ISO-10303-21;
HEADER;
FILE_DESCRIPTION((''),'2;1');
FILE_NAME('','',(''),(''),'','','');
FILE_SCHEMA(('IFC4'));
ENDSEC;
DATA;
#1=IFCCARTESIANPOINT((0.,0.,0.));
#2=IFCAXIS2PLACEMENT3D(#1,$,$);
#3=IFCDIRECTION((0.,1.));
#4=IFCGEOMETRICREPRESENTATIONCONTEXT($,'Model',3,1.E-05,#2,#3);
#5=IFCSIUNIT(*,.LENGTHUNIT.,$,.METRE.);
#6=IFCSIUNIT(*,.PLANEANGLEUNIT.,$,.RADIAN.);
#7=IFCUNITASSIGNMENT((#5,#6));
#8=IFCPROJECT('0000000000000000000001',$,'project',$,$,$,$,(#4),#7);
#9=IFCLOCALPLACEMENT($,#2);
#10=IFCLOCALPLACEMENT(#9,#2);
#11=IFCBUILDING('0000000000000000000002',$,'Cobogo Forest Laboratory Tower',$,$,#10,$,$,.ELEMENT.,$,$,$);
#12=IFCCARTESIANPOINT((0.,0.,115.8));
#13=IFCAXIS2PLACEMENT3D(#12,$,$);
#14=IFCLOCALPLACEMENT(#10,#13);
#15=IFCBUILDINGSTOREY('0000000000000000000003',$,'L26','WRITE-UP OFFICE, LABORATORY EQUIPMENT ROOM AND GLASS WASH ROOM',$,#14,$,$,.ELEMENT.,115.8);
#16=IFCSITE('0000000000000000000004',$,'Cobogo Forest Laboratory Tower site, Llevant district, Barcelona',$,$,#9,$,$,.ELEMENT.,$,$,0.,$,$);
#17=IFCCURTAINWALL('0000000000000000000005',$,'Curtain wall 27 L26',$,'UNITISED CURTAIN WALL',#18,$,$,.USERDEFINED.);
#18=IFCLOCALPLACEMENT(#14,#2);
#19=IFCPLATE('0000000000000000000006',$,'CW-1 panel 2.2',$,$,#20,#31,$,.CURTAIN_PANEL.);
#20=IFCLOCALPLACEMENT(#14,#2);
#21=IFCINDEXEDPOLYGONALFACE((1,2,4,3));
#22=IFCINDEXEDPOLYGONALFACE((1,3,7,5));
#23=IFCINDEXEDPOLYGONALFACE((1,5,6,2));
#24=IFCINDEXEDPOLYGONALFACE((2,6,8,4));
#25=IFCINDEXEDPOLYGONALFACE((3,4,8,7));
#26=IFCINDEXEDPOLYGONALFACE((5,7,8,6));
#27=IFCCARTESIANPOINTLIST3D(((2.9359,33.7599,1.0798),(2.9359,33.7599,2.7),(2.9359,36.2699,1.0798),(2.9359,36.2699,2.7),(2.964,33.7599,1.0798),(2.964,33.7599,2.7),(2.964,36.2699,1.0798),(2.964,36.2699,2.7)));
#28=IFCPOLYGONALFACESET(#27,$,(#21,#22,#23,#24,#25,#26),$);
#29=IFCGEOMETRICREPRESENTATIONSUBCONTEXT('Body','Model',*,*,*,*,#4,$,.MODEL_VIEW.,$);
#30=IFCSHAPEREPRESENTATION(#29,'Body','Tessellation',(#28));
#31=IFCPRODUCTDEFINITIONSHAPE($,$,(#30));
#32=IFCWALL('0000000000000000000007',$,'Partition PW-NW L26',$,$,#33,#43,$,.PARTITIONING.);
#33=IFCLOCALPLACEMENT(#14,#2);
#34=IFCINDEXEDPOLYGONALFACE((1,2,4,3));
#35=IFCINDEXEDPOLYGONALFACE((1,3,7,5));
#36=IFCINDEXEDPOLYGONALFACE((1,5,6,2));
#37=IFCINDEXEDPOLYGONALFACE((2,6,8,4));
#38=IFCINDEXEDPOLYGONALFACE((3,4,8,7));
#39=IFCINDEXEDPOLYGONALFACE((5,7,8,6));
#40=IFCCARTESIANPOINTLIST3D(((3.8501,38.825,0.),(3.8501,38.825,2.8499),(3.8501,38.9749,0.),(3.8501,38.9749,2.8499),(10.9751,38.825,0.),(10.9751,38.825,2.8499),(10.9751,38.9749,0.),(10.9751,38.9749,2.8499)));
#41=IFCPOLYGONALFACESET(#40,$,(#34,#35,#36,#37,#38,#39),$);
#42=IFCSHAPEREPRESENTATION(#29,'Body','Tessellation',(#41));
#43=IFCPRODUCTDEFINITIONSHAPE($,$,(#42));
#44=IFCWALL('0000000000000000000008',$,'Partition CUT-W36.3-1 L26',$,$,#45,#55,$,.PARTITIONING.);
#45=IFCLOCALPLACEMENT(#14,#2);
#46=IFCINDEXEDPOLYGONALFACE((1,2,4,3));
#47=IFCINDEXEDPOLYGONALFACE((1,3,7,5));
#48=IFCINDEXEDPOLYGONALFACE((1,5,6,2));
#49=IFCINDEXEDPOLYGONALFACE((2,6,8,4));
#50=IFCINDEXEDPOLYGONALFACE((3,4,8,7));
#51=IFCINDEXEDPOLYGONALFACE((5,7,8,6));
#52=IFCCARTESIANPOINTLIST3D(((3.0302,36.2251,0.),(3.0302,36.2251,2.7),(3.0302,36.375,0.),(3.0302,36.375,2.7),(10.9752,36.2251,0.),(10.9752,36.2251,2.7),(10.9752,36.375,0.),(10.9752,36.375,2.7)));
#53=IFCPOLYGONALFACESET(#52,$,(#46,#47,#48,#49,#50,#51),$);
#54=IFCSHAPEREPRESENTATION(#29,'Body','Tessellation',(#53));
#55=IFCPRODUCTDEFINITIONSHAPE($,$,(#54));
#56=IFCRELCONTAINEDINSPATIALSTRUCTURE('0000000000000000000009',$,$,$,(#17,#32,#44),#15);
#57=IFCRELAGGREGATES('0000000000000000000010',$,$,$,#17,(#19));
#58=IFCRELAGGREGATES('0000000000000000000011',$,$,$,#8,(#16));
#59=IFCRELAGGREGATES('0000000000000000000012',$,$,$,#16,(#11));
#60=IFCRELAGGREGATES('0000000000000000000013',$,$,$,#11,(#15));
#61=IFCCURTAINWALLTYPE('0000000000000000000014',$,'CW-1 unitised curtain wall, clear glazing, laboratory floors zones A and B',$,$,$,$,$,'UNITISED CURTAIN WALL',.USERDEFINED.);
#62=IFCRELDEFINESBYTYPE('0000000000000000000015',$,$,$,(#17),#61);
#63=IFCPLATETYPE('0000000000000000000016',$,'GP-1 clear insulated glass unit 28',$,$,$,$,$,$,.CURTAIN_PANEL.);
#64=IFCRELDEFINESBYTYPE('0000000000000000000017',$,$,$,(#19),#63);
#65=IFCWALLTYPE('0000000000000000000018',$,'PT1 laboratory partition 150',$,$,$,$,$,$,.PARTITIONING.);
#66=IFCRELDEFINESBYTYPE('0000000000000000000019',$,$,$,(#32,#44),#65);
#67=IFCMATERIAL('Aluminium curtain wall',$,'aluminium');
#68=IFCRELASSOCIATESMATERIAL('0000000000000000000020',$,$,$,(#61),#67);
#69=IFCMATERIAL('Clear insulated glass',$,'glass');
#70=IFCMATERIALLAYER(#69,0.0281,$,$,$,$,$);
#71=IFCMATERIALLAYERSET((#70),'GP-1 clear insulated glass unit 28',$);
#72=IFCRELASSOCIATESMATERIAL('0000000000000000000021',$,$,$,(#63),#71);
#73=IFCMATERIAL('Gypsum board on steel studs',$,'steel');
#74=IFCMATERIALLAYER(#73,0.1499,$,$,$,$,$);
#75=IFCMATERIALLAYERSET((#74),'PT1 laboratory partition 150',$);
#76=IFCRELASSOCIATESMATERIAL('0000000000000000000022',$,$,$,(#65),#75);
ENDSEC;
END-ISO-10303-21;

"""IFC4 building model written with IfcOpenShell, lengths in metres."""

from ifc_helpers import new_model, si_unit, direction, frame, frame_2d, origin, origin_2d, place, context, subcontext, project, spatial, rectangle, extrude, material, layer, layer_set, type_object, element, aggregate, save


model = new_model("IFC4")

# Units and contexts
model_context = context("Model", 3, precision=1e-05, world=origin(), true_north=direction((0.0, 1.0)))
body_context = subcontext(model_context, "Body", "Model", "MODEL_VIEW")
ifc_project = project(units=[si_unit("LENGTHUNIT", "METRE"), si_unit("PLANEANGLEUNIT", "RADIAN")], contexts=[model_context])

# Site, building, storey
site_placement = place(None, origin())
site = spatial("IfcSite", under=ifc_project, at=site_placement, Name="Cobogo Forest Laboratory Tower site, Llevant district, Barcelona", CompositionType="ELEMENT", RefElevation=0.0)
building_placement = place(site_placement, origin())
building = spatial("IfcBuilding", under=site, at=building_placement, Name="Cobogo Forest Laboratory Tower", CompositionType="ELEMENT")
storey_placement = place(building_placement, frame((0.0, 0.0, 115.8)))
storey = spatial("IfcBuildingStorey", under=building, at=storey_placement, Name="L26", Description="WRITE-UP OFFICE, LABORATORY EQUIPMENT ROOM AND GLASS WASH ROOM", CompositionType="ELEMENT", Elevation=115.8)

# Shared definitions
ifc_material_1 = material(Name="Aluminium curtain wall", Category="aluminium")
curtain_wall_type = type_object("IfcCurtainWallType", Name="CW-1 unitised curtain wall, clear glazing, laboratory floors zones A and B", ElementType="UNITISED CURTAIN WALL", PredefinedType="USERDEFINED", material=ifc_material_1)

# Curtain wall
curtain_wall_1_placement = place(storey_placement, origin())
curtain_wall_1 = element("IfcCurtainWall", 1, at=curtain_wall_1_placement, inside=storey, type_object=curtain_wall_type, Name="Curtain wall 27 L26", ObjectType="UNITISED CURTAIN WALL", PredefinedType="USERDEFINED")

# Plate
ifc_material_2 = material(Name="Clear insulated glass", Category="glass")
ifc_layer_1 = layer(ifc_material_2, 0.0281)
ifc_layer_set_1 = layer_set([ifc_layer_1], Name="GP-1 clear insulated glass unit 28")
plate_type_1 = type_object("IfcPlateType", Name="GP-1 clear insulated glass unit 28", PredefinedType="CURTAIN_PANEL", material=ifc_layer_set_1)
plate_1_placement = place(storey_placement, frame((2.95, 35.0149, 1.0798), z_axis=(0.0, 0.0, 1.0), x_axis=(0.0, -1.0, 0.0)))
plate_1 = element("IfcPlate", 2, at=plate_1_placement, type_object=plate_type_1, Name="CW-1 panel 2.2", PredefinedType="CURTAIN_PANEL", context=body_context, shape_type="SweptSolid", body=[
    extrude(rectangle(XDim=2.51, YDim=0.0281, at=origin_2d()), origin(), (0.0, 0.0, 1.0), 1.6201),
])
aggregate(curtain_wall_1, [plate_1])

# Walls
ifc_material_3 = material(Name="Gypsum board on steel studs", Category="steel")
ifc_layer_2 = layer(ifc_material_3, 0.1499)
ifc_layer_set_2 = layer_set([ifc_layer_2], Name="PT1 laboratory partition 150")
wall_type = type_object("IfcWallType", Name="PT1 laboratory partition 150", PredefinedType="PARTITIONING", material=ifc_layer_set_2)
wall_1_placement = place(storey_placement, frame((3.8501, 38.8999, 0.0), z_axis=(0.0, 0.0, 1.0), x_axis=(1.0, 0.0, 0.0)))
element("IfcWall", 3, at=wall_1_placement, inside=storey, type_object=wall_type, Name="Partition PW-NW L26", PredefinedType="PARTITIONING", context=body_context, shape_type="SweptSolid", body=[
    extrude(rectangle(XDim=7.125, YDim=0.1499, at=frame_2d((3.5625, 0.0))), origin(), (0.0, 0.0, 1.0), 2.8499),
])
wall_2_placement = place(storey_placement, frame((3.03, 36.3, 0.0), z_axis=(0.0, 0.0, 1.0), x_axis=(1.0, 0.0, 0.0)))
element("IfcWall", 4, at=wall_2_placement, inside=storey, type_object=wall_type, Name="Partition CUT-W36.3-1 L26", PredefinedType="PARTITIONING", context=body_context, shape_type="SweptSolid", body=[
    extrude(rectangle(XDim=7.9451, YDim=0.1499, at=frame_2d((3.9727, 0.0))), origin(), (0.0, 0.0, 1.0), 2.7),
])

save(model, "model.ifc")
